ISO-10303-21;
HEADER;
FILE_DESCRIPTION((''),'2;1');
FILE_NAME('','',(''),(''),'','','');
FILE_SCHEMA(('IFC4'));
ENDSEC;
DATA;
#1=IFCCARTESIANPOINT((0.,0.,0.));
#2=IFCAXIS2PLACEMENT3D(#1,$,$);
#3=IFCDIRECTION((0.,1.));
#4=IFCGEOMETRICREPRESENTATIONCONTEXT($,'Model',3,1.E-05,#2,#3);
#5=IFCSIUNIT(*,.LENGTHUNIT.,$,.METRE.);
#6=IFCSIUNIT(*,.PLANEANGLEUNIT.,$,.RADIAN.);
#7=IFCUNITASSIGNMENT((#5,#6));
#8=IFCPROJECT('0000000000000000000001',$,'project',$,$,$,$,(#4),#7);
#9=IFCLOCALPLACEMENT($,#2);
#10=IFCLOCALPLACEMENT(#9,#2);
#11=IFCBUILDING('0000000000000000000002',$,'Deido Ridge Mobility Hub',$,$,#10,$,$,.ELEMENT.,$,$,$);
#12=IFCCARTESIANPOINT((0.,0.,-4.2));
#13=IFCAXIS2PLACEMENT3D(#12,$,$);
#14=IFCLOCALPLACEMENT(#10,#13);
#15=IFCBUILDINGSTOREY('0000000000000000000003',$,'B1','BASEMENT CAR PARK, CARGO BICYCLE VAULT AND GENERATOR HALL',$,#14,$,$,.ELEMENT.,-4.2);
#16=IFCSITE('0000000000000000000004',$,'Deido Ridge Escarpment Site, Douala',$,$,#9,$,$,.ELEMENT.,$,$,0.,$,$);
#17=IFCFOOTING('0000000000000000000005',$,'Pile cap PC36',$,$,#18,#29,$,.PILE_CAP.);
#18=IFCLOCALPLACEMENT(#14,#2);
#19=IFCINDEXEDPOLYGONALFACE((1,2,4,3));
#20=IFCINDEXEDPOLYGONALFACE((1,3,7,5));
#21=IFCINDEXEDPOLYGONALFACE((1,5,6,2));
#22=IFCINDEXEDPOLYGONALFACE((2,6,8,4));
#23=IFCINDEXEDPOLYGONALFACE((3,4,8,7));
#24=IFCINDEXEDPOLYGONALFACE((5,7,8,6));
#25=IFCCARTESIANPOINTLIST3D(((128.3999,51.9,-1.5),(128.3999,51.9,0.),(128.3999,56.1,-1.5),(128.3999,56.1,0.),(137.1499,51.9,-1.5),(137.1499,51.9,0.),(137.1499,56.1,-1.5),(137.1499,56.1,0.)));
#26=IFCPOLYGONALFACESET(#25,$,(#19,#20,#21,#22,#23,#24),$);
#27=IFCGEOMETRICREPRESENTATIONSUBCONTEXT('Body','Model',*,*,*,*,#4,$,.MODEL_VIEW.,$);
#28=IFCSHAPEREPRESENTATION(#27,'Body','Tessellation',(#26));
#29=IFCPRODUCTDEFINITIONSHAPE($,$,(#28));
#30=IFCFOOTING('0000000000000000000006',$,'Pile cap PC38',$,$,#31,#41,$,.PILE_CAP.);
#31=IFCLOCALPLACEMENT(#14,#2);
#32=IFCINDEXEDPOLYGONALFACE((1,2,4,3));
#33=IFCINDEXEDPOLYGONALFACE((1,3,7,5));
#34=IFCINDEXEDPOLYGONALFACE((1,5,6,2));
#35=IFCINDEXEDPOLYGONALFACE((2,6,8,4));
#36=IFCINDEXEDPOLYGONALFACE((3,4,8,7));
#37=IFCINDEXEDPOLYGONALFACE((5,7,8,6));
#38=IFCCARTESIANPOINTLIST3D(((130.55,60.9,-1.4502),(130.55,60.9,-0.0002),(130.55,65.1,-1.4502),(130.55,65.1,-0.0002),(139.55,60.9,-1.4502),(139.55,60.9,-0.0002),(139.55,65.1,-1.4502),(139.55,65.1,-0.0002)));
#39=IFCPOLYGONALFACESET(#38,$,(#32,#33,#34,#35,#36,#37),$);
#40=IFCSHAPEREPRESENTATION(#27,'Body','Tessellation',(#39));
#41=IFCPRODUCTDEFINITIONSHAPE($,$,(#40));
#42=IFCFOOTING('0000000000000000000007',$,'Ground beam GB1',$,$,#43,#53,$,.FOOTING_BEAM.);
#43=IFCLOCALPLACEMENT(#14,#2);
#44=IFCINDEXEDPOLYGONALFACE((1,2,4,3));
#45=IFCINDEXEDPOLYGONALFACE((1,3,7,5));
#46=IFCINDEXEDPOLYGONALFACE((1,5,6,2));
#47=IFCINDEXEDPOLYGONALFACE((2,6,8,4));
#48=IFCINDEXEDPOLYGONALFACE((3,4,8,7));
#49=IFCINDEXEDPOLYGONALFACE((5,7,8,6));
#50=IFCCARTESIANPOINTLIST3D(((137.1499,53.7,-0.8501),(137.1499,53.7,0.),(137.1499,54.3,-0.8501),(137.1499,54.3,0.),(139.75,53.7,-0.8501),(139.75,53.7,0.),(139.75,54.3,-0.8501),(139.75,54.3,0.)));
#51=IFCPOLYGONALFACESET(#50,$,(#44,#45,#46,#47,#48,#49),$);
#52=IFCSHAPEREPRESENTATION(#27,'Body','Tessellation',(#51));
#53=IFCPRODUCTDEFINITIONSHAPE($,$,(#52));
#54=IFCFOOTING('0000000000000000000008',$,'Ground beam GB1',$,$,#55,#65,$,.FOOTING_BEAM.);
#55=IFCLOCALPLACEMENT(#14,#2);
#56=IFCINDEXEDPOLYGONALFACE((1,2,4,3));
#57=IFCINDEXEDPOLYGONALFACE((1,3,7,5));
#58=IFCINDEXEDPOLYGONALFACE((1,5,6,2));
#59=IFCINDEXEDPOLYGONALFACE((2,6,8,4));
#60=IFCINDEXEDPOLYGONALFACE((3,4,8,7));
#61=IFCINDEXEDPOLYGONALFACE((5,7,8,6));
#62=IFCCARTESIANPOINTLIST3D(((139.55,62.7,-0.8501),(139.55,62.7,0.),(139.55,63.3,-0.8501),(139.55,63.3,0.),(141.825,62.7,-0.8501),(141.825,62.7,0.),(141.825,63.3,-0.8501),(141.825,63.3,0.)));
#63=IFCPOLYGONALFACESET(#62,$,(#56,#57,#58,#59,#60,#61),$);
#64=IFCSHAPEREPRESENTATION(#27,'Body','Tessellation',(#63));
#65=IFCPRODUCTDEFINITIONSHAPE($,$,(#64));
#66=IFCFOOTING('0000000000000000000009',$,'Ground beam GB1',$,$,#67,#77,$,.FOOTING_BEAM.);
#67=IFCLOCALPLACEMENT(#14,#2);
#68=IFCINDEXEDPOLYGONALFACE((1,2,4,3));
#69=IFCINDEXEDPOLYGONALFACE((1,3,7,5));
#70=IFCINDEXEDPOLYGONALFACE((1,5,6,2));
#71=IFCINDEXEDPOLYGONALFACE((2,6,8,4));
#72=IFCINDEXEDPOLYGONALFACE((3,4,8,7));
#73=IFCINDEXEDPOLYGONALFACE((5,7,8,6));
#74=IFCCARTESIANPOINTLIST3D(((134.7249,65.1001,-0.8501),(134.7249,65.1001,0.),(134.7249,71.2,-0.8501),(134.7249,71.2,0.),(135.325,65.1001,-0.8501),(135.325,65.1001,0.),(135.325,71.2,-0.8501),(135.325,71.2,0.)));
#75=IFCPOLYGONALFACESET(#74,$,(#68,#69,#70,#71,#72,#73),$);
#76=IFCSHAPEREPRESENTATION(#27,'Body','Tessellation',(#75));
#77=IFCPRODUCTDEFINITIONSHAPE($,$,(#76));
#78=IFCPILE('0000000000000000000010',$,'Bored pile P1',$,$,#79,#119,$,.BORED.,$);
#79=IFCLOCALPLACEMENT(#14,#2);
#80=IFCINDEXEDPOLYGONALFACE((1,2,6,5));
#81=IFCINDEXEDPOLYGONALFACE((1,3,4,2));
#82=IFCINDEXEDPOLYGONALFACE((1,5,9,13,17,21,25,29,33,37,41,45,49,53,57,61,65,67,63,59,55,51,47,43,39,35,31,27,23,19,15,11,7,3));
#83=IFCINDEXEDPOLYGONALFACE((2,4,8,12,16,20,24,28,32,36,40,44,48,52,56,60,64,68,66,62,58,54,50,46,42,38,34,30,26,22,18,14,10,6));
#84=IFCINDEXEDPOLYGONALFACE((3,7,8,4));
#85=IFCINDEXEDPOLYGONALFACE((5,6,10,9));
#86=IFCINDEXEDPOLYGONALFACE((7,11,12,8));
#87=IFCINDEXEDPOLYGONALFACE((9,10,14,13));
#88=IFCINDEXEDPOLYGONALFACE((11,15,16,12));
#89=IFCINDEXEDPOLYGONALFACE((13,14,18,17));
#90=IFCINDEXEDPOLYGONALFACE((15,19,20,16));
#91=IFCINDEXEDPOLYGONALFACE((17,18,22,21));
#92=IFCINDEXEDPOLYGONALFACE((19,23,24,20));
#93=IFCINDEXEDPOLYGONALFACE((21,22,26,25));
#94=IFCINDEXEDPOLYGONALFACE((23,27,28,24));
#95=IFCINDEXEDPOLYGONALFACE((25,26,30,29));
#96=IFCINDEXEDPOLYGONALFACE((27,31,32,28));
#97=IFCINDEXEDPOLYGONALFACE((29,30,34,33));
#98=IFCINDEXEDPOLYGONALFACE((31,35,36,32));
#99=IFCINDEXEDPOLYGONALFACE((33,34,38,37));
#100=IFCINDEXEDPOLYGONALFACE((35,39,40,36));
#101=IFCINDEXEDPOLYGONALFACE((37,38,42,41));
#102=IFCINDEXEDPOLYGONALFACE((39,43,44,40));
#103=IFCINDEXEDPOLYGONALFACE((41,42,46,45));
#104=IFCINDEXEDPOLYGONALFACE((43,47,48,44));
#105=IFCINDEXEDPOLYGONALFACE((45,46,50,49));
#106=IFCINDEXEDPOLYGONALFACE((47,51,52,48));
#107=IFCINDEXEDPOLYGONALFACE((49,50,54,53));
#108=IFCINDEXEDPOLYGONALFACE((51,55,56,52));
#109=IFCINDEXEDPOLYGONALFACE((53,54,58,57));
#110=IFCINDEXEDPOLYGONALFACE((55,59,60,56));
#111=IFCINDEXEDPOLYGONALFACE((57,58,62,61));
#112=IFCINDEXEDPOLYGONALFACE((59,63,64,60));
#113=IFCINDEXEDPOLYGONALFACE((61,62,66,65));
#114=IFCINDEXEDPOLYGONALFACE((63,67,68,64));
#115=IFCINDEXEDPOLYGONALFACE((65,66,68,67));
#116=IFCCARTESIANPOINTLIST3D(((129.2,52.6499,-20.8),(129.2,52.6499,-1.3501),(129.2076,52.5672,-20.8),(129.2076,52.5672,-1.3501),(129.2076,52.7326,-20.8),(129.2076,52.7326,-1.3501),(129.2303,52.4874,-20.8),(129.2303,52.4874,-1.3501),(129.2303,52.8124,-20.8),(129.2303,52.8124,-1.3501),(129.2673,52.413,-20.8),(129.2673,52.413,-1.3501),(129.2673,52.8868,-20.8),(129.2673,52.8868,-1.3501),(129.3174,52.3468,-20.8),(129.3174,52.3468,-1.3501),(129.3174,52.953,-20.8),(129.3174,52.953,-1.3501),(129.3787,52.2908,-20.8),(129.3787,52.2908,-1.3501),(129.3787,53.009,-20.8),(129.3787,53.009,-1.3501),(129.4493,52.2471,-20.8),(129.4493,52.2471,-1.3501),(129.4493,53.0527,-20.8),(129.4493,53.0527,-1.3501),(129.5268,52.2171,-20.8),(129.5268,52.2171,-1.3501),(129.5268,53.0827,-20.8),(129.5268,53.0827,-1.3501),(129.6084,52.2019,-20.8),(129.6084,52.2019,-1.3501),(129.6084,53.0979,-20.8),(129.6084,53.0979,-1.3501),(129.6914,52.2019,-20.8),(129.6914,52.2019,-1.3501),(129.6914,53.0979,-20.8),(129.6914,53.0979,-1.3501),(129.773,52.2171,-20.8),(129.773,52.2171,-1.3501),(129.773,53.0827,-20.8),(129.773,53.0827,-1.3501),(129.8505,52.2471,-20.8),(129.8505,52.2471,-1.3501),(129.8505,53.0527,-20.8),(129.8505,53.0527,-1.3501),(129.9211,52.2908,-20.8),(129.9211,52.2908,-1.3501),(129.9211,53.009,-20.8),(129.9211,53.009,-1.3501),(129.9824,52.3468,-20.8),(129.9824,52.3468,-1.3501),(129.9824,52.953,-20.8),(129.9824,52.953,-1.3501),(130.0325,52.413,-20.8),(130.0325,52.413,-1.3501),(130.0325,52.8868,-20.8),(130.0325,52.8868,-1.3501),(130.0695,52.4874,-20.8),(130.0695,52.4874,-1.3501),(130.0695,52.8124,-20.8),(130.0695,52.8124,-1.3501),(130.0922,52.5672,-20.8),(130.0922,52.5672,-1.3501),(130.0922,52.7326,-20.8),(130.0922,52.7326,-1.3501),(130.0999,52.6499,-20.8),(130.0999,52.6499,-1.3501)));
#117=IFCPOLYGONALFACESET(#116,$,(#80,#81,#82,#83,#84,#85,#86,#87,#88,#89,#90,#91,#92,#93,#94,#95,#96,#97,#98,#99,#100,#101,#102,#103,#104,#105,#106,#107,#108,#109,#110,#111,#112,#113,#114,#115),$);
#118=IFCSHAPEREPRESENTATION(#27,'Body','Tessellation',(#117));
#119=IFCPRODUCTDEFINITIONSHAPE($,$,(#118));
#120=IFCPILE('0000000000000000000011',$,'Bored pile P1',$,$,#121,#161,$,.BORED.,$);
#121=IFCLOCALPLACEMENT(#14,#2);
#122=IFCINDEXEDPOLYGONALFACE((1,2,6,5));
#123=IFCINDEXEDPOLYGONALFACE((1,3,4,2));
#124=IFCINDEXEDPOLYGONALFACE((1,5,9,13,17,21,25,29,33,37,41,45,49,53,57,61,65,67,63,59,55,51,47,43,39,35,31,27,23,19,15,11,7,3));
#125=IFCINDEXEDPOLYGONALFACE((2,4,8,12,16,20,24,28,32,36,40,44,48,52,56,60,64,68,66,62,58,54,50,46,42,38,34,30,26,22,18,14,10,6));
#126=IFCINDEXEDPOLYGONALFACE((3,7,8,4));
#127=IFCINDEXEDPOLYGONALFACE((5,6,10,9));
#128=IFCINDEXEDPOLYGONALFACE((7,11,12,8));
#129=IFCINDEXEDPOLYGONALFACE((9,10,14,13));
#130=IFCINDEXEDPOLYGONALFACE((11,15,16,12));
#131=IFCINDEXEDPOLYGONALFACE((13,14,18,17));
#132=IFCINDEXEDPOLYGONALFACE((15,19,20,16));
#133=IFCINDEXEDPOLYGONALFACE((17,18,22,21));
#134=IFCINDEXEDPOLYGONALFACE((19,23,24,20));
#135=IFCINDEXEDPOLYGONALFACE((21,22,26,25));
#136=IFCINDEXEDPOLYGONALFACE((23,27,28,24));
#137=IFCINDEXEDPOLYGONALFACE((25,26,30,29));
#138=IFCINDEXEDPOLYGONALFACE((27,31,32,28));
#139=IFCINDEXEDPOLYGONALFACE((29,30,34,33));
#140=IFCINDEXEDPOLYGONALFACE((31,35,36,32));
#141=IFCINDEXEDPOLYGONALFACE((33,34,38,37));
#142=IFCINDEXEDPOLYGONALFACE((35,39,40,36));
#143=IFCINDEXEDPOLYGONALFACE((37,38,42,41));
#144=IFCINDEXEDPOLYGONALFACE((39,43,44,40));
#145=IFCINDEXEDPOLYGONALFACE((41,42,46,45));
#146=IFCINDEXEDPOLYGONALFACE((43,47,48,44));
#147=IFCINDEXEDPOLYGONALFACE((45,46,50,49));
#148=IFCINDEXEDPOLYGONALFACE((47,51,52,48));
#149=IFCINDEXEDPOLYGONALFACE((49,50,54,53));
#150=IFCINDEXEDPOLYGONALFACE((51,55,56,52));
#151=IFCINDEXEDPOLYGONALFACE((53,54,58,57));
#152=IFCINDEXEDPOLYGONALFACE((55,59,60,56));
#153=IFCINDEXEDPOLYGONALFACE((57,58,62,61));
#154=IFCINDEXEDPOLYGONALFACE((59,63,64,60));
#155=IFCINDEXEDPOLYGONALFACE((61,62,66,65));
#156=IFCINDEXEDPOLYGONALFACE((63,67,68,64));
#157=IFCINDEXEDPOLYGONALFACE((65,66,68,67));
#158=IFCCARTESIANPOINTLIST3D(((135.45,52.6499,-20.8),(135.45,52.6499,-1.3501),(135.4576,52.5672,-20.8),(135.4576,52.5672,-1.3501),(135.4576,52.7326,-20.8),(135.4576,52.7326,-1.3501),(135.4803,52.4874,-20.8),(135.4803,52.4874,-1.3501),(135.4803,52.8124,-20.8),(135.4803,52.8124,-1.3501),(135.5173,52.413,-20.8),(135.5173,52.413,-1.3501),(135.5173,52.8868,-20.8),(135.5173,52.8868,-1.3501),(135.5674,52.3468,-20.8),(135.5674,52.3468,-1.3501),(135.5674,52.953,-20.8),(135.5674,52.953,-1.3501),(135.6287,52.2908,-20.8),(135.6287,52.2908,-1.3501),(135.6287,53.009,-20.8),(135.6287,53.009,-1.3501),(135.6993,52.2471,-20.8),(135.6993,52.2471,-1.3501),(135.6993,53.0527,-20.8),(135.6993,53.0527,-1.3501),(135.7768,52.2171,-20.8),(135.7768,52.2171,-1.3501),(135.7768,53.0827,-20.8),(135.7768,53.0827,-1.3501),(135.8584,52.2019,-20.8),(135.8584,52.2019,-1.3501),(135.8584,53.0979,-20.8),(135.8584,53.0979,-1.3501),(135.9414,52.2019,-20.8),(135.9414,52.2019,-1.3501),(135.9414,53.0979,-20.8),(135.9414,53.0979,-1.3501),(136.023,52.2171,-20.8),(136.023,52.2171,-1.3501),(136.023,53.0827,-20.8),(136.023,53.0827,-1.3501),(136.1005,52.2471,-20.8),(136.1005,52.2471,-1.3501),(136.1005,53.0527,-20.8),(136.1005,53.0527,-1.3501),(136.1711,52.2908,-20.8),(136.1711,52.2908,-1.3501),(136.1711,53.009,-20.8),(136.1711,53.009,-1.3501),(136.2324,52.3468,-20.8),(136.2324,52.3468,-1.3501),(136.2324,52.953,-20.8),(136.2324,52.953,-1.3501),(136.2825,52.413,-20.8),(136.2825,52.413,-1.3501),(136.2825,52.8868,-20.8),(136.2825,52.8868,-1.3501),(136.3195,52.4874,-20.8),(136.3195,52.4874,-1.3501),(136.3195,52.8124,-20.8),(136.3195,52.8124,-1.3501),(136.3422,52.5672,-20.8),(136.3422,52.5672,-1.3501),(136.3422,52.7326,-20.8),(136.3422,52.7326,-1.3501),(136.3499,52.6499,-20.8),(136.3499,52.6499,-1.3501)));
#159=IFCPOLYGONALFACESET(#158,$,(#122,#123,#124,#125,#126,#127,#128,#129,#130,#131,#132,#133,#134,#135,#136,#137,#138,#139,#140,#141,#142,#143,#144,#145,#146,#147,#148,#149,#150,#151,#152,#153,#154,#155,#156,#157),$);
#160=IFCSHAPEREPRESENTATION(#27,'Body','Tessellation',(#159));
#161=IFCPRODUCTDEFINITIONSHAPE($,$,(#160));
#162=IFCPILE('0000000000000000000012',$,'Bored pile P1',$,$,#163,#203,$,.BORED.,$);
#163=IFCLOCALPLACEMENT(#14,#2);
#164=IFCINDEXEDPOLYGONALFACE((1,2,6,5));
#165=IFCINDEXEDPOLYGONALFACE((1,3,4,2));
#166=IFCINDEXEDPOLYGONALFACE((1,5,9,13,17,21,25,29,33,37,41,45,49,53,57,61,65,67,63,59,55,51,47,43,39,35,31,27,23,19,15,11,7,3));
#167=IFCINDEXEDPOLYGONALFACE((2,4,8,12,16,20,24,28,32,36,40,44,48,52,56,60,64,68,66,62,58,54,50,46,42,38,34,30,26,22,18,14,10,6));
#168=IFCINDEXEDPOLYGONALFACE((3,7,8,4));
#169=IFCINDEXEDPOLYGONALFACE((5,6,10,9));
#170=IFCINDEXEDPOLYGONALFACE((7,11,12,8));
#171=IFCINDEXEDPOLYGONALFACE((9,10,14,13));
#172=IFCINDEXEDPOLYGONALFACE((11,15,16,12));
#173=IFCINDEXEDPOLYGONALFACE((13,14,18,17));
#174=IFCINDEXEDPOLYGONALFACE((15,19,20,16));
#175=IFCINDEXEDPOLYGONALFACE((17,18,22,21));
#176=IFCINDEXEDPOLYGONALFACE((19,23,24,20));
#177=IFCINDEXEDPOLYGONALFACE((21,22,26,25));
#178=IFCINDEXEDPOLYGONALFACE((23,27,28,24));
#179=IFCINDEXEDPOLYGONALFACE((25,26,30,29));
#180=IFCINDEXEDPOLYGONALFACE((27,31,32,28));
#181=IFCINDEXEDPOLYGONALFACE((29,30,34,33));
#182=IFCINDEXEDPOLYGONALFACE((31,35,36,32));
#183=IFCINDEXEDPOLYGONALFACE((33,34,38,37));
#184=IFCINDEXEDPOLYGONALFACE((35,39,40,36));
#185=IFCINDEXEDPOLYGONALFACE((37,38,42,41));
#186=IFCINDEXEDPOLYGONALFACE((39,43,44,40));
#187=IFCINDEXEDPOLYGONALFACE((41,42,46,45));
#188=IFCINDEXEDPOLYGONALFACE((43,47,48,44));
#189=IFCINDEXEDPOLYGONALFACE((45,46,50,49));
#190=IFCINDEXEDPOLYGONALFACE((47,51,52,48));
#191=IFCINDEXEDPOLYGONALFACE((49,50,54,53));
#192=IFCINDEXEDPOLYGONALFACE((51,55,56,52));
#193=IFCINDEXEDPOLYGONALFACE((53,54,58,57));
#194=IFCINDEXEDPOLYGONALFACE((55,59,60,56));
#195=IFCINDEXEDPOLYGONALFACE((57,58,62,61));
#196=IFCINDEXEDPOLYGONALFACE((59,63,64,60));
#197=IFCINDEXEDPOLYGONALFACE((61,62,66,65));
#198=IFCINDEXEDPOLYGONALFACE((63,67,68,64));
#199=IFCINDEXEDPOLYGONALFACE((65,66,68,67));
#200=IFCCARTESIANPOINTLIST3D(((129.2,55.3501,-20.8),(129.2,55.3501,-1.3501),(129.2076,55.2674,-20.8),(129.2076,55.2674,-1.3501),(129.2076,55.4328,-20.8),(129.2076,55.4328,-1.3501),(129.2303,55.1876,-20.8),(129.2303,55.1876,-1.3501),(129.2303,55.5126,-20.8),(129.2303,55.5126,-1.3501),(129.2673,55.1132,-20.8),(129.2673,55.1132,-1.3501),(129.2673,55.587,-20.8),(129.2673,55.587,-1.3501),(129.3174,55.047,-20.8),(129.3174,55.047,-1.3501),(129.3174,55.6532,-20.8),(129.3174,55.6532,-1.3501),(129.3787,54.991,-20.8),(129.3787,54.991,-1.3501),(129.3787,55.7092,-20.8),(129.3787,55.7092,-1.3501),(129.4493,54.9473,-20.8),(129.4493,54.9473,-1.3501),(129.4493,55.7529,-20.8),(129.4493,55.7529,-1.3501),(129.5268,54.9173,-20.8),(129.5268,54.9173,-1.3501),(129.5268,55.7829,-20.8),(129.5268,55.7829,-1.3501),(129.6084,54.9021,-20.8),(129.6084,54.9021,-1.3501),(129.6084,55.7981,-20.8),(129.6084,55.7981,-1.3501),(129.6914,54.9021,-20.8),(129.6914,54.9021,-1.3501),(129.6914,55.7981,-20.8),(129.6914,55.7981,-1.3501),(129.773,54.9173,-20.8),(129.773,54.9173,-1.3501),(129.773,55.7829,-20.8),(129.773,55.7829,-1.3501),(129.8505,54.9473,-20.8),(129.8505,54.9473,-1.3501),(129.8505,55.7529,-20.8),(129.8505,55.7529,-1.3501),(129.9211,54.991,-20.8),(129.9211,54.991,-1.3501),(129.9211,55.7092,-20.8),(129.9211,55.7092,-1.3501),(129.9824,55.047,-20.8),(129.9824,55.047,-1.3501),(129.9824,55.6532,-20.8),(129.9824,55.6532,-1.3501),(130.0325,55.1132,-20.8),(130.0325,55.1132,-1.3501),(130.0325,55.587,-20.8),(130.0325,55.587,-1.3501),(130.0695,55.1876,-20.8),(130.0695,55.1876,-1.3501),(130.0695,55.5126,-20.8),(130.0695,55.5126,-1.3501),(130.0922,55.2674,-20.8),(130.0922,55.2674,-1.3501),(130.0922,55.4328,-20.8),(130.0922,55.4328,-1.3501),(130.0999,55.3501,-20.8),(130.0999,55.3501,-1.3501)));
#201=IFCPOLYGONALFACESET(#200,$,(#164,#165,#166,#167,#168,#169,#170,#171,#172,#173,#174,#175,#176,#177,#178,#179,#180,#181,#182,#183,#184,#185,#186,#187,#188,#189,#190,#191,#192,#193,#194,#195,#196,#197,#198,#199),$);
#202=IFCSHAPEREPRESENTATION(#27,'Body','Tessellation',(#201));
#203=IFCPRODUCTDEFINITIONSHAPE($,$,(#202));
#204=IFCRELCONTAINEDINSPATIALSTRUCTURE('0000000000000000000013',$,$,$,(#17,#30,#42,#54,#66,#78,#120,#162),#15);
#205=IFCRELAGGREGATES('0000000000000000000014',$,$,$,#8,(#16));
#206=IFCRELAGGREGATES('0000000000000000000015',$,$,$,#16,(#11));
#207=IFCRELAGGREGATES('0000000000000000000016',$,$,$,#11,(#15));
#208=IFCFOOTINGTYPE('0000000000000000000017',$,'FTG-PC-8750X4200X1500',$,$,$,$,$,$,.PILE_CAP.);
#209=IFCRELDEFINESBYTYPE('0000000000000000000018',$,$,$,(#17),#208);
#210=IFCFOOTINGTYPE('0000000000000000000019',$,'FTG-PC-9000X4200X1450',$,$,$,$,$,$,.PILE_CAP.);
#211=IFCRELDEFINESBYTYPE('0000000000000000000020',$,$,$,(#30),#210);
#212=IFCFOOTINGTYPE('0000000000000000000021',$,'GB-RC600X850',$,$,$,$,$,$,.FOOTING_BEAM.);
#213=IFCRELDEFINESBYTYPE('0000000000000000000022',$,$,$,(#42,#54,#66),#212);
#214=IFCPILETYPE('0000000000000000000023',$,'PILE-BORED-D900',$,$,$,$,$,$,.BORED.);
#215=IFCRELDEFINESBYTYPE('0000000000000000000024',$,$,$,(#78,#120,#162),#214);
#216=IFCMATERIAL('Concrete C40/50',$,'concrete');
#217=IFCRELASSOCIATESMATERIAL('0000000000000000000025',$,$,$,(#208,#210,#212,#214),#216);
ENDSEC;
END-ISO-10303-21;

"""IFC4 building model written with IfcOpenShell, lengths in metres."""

from ifc_helpers import new_model, si_unit, direction, frame, origin, origin_2d, place, context, subcontext, project, spatial, rectangle, circle, extrude, material, material_profile, profile_set, type_object, element, save


model = new_model("IFC4")

# Units and contexts
model_context = context("Model", 3, precision=1e-05, world=origin(), true_north=direction((0.0, 1.0)))
body_context = subcontext(model_context, "Body", "Model", "MODEL_VIEW")
ifc_project = project(units=[si_unit("LENGTHUNIT", "METRE"), si_unit("PLANEANGLEUNIT", "RADIAN")], contexts=[model_context])

# Site, building, storey
site_placement = place(None, origin())
site = spatial("IfcSite", under=ifc_project, at=site_placement, Name="Deido Ridge Escarpment Site, Douala", CompositionType="ELEMENT", RefElevation=0.0)
building_placement = place(site_placement, origin())
building = spatial("IfcBuilding", under=site, at=building_placement, Name="Deido Ridge Mobility Hub", CompositionType="ELEMENT")
storey_placement = place(building_placement, frame((0.0, 0.0, -4.2)))
storey = spatial("IfcBuildingStorey", under=building, at=storey_placement, Name="B1", Description="BASEMENT CAR PARK, CARGO BICYCLE VAULT AND GENERATOR HALL", CompositionType="ELEMENT", Elevation=-4.2)

# Footings
ifc_material_1 = material(Name="Concrete C40/50", Category="concrete")
footing_type_1 = type_object("IfcFootingType", Name="FTG-PC-8750X4200X1500", PredefinedType="PILE_CAP", material=ifc_material_1)
footing_1_placement = place(storey_placement, frame((132.7749, 54.0, -1.5), z_axis=(0.0, 0.0, 1.0), x_axis=(1.0, 0.0, 0.0)))
element("IfcFooting", 1, at=footing_1_placement, inside=storey, type_object=footing_type_1, Name="Pile cap PC36", PredefinedType="PILE_CAP", context=body_context, shape_type="SweptSolid", body=[
    extrude(rectangle(XDim=8.75, YDim=4.2, at=origin_2d()), origin(), (0.0, 0.0, 1.0), 1.5),
])
footing_type_2 = type_object("IfcFootingType", Name="FTG-PC-9000X4200X1450", PredefinedType="PILE_CAP", material=ifc_material_1)
footing_2_placement = place(storey_placement, frame((135.05, 63.0, -1.4502), z_axis=(0.0, 0.0, 1.0), x_axis=(1.0, 0.0, 0.0)))
element("IfcFooting", 2, at=footing_2_placement, inside=storey, type_object=footing_type_2, Name="Pile cap PC38", PredefinedType="PILE_CAP", context=body_context, shape_type="SweptSolid", body=[
    extrude(rectangle(XDim=9.0, YDim=4.2, at=origin_2d()), origin(), (0.0, 0.0, 1.0), 1.45),
])
ifc_material_profile_1 = material_profile(ifc_material_1, rectangle(XDim=0.6001, YDim=0.8501, at=origin_2d()), Name="RC GB 600x850")
ifc_profile_set_1 = profile_set([ifc_material_profile_1], Name="Concrete C40/50")
footing_type_3 = type_object("IfcFootingType", Name="GB-RC600X850", PredefinedType="FOOTING_BEAM", material=ifc_profile_set_1)
footing_3_placement = place(storey_placement, frame((137.1499, 54.0, -0.425), z_axis=(1.0, 0.0, 0.0), x_axis=(0.0, 1.0, 0.0)))
element("IfcFooting", 3, at=footing_3_placement, inside=storey, type_object=footing_type_3, Name="Ground beam GB1", PredefinedType="FOOTING_BEAM", context=body_context, shape_type="SweptSolid", body=[
    extrude(rectangle(XDim=0.6001, YDim=0.8501, at=origin_2d()), origin(), (0.0, 0.0, 1.0), 2.6001),
])
footing_4_placement = place(storey_placement, frame((139.55, 63.0, -0.425), z_axis=(1.0, 0.0, 0.0), x_axis=(0.0, 1.0, 0.0)))
element("IfcFooting", 4, at=footing_4_placement, inside=storey, type_object=footing_type_3, Name="Ground beam GB1", PredefinedType="FOOTING_BEAM", context=body_context, shape_type="SweptSolid", body=[
    extrude(rectangle(XDim=0.6001, YDim=0.8501, at=origin_2d()), origin(), (0.0, 0.0, 1.0), 2.2749),
])
footing_5_placement = place(storey_placement, frame((135.0249, 65.1001, -0.425), z_axis=(0.0, 1.0, 0.0), x_axis=(-1.0, 0.0, 0.0)))
element("IfcFooting", 5, at=footing_5_placement, inside=storey, type_object=footing_type_3, Name="Ground beam GB1", PredefinedType="FOOTING_BEAM", context=body_context, shape_type="SweptSolid", body=[
    extrude(rectangle(XDim=0.6001, YDim=0.8501, at=origin_2d()), origin(), (0.0, 0.0, 1.0), 6.0999),
])

# Piles
ifc_material_profile_2 = material_profile(ifc_material_1, circle(Radius=0.45, at=origin_2d()), Name="BORED PILE D900")
ifc_profile_set_2 = profile_set([ifc_material_profile_2], Name="Concrete C40/50")
pile_type = type_object("IfcPileType", Name="PILE-BORED-D900", PredefinedType="BORED", material=ifc_profile_set_2)
for number, where, z_axis, x_axis, name in (
    (6, (129.6499, 52.6499, -1.3501), (0.0, 0.0, -1.0), (1.0, 0.0, 0.0), "Bored pile P1"),
    (7, (135.8999, 52.6499, -1.3501), (0.0, 0.0, -1.0), (1.0, 0.0, 0.0), "Bored pile P1"),
    (8, (129.6499, 55.3501, -1.3501), (0.0, 0.0, -1.0), (1.0, 0.0, 0.0), "Bored pile P1"),
):
    element("IfcPile", number, at=place(storey_placement, frame(where, z_axis=z_axis, x_axis=x_axis)), inside=storey, type_object=pile_type, Name=name, PredefinedType="BORED", context=body_context, shape_type="SweptSolid", body=[
        extrude(circle(Radius=0.45, at=origin_2d()), origin(), (0.0, 0.0, 1.0), 19.45),
    ])

save(model, "model.ifc")
